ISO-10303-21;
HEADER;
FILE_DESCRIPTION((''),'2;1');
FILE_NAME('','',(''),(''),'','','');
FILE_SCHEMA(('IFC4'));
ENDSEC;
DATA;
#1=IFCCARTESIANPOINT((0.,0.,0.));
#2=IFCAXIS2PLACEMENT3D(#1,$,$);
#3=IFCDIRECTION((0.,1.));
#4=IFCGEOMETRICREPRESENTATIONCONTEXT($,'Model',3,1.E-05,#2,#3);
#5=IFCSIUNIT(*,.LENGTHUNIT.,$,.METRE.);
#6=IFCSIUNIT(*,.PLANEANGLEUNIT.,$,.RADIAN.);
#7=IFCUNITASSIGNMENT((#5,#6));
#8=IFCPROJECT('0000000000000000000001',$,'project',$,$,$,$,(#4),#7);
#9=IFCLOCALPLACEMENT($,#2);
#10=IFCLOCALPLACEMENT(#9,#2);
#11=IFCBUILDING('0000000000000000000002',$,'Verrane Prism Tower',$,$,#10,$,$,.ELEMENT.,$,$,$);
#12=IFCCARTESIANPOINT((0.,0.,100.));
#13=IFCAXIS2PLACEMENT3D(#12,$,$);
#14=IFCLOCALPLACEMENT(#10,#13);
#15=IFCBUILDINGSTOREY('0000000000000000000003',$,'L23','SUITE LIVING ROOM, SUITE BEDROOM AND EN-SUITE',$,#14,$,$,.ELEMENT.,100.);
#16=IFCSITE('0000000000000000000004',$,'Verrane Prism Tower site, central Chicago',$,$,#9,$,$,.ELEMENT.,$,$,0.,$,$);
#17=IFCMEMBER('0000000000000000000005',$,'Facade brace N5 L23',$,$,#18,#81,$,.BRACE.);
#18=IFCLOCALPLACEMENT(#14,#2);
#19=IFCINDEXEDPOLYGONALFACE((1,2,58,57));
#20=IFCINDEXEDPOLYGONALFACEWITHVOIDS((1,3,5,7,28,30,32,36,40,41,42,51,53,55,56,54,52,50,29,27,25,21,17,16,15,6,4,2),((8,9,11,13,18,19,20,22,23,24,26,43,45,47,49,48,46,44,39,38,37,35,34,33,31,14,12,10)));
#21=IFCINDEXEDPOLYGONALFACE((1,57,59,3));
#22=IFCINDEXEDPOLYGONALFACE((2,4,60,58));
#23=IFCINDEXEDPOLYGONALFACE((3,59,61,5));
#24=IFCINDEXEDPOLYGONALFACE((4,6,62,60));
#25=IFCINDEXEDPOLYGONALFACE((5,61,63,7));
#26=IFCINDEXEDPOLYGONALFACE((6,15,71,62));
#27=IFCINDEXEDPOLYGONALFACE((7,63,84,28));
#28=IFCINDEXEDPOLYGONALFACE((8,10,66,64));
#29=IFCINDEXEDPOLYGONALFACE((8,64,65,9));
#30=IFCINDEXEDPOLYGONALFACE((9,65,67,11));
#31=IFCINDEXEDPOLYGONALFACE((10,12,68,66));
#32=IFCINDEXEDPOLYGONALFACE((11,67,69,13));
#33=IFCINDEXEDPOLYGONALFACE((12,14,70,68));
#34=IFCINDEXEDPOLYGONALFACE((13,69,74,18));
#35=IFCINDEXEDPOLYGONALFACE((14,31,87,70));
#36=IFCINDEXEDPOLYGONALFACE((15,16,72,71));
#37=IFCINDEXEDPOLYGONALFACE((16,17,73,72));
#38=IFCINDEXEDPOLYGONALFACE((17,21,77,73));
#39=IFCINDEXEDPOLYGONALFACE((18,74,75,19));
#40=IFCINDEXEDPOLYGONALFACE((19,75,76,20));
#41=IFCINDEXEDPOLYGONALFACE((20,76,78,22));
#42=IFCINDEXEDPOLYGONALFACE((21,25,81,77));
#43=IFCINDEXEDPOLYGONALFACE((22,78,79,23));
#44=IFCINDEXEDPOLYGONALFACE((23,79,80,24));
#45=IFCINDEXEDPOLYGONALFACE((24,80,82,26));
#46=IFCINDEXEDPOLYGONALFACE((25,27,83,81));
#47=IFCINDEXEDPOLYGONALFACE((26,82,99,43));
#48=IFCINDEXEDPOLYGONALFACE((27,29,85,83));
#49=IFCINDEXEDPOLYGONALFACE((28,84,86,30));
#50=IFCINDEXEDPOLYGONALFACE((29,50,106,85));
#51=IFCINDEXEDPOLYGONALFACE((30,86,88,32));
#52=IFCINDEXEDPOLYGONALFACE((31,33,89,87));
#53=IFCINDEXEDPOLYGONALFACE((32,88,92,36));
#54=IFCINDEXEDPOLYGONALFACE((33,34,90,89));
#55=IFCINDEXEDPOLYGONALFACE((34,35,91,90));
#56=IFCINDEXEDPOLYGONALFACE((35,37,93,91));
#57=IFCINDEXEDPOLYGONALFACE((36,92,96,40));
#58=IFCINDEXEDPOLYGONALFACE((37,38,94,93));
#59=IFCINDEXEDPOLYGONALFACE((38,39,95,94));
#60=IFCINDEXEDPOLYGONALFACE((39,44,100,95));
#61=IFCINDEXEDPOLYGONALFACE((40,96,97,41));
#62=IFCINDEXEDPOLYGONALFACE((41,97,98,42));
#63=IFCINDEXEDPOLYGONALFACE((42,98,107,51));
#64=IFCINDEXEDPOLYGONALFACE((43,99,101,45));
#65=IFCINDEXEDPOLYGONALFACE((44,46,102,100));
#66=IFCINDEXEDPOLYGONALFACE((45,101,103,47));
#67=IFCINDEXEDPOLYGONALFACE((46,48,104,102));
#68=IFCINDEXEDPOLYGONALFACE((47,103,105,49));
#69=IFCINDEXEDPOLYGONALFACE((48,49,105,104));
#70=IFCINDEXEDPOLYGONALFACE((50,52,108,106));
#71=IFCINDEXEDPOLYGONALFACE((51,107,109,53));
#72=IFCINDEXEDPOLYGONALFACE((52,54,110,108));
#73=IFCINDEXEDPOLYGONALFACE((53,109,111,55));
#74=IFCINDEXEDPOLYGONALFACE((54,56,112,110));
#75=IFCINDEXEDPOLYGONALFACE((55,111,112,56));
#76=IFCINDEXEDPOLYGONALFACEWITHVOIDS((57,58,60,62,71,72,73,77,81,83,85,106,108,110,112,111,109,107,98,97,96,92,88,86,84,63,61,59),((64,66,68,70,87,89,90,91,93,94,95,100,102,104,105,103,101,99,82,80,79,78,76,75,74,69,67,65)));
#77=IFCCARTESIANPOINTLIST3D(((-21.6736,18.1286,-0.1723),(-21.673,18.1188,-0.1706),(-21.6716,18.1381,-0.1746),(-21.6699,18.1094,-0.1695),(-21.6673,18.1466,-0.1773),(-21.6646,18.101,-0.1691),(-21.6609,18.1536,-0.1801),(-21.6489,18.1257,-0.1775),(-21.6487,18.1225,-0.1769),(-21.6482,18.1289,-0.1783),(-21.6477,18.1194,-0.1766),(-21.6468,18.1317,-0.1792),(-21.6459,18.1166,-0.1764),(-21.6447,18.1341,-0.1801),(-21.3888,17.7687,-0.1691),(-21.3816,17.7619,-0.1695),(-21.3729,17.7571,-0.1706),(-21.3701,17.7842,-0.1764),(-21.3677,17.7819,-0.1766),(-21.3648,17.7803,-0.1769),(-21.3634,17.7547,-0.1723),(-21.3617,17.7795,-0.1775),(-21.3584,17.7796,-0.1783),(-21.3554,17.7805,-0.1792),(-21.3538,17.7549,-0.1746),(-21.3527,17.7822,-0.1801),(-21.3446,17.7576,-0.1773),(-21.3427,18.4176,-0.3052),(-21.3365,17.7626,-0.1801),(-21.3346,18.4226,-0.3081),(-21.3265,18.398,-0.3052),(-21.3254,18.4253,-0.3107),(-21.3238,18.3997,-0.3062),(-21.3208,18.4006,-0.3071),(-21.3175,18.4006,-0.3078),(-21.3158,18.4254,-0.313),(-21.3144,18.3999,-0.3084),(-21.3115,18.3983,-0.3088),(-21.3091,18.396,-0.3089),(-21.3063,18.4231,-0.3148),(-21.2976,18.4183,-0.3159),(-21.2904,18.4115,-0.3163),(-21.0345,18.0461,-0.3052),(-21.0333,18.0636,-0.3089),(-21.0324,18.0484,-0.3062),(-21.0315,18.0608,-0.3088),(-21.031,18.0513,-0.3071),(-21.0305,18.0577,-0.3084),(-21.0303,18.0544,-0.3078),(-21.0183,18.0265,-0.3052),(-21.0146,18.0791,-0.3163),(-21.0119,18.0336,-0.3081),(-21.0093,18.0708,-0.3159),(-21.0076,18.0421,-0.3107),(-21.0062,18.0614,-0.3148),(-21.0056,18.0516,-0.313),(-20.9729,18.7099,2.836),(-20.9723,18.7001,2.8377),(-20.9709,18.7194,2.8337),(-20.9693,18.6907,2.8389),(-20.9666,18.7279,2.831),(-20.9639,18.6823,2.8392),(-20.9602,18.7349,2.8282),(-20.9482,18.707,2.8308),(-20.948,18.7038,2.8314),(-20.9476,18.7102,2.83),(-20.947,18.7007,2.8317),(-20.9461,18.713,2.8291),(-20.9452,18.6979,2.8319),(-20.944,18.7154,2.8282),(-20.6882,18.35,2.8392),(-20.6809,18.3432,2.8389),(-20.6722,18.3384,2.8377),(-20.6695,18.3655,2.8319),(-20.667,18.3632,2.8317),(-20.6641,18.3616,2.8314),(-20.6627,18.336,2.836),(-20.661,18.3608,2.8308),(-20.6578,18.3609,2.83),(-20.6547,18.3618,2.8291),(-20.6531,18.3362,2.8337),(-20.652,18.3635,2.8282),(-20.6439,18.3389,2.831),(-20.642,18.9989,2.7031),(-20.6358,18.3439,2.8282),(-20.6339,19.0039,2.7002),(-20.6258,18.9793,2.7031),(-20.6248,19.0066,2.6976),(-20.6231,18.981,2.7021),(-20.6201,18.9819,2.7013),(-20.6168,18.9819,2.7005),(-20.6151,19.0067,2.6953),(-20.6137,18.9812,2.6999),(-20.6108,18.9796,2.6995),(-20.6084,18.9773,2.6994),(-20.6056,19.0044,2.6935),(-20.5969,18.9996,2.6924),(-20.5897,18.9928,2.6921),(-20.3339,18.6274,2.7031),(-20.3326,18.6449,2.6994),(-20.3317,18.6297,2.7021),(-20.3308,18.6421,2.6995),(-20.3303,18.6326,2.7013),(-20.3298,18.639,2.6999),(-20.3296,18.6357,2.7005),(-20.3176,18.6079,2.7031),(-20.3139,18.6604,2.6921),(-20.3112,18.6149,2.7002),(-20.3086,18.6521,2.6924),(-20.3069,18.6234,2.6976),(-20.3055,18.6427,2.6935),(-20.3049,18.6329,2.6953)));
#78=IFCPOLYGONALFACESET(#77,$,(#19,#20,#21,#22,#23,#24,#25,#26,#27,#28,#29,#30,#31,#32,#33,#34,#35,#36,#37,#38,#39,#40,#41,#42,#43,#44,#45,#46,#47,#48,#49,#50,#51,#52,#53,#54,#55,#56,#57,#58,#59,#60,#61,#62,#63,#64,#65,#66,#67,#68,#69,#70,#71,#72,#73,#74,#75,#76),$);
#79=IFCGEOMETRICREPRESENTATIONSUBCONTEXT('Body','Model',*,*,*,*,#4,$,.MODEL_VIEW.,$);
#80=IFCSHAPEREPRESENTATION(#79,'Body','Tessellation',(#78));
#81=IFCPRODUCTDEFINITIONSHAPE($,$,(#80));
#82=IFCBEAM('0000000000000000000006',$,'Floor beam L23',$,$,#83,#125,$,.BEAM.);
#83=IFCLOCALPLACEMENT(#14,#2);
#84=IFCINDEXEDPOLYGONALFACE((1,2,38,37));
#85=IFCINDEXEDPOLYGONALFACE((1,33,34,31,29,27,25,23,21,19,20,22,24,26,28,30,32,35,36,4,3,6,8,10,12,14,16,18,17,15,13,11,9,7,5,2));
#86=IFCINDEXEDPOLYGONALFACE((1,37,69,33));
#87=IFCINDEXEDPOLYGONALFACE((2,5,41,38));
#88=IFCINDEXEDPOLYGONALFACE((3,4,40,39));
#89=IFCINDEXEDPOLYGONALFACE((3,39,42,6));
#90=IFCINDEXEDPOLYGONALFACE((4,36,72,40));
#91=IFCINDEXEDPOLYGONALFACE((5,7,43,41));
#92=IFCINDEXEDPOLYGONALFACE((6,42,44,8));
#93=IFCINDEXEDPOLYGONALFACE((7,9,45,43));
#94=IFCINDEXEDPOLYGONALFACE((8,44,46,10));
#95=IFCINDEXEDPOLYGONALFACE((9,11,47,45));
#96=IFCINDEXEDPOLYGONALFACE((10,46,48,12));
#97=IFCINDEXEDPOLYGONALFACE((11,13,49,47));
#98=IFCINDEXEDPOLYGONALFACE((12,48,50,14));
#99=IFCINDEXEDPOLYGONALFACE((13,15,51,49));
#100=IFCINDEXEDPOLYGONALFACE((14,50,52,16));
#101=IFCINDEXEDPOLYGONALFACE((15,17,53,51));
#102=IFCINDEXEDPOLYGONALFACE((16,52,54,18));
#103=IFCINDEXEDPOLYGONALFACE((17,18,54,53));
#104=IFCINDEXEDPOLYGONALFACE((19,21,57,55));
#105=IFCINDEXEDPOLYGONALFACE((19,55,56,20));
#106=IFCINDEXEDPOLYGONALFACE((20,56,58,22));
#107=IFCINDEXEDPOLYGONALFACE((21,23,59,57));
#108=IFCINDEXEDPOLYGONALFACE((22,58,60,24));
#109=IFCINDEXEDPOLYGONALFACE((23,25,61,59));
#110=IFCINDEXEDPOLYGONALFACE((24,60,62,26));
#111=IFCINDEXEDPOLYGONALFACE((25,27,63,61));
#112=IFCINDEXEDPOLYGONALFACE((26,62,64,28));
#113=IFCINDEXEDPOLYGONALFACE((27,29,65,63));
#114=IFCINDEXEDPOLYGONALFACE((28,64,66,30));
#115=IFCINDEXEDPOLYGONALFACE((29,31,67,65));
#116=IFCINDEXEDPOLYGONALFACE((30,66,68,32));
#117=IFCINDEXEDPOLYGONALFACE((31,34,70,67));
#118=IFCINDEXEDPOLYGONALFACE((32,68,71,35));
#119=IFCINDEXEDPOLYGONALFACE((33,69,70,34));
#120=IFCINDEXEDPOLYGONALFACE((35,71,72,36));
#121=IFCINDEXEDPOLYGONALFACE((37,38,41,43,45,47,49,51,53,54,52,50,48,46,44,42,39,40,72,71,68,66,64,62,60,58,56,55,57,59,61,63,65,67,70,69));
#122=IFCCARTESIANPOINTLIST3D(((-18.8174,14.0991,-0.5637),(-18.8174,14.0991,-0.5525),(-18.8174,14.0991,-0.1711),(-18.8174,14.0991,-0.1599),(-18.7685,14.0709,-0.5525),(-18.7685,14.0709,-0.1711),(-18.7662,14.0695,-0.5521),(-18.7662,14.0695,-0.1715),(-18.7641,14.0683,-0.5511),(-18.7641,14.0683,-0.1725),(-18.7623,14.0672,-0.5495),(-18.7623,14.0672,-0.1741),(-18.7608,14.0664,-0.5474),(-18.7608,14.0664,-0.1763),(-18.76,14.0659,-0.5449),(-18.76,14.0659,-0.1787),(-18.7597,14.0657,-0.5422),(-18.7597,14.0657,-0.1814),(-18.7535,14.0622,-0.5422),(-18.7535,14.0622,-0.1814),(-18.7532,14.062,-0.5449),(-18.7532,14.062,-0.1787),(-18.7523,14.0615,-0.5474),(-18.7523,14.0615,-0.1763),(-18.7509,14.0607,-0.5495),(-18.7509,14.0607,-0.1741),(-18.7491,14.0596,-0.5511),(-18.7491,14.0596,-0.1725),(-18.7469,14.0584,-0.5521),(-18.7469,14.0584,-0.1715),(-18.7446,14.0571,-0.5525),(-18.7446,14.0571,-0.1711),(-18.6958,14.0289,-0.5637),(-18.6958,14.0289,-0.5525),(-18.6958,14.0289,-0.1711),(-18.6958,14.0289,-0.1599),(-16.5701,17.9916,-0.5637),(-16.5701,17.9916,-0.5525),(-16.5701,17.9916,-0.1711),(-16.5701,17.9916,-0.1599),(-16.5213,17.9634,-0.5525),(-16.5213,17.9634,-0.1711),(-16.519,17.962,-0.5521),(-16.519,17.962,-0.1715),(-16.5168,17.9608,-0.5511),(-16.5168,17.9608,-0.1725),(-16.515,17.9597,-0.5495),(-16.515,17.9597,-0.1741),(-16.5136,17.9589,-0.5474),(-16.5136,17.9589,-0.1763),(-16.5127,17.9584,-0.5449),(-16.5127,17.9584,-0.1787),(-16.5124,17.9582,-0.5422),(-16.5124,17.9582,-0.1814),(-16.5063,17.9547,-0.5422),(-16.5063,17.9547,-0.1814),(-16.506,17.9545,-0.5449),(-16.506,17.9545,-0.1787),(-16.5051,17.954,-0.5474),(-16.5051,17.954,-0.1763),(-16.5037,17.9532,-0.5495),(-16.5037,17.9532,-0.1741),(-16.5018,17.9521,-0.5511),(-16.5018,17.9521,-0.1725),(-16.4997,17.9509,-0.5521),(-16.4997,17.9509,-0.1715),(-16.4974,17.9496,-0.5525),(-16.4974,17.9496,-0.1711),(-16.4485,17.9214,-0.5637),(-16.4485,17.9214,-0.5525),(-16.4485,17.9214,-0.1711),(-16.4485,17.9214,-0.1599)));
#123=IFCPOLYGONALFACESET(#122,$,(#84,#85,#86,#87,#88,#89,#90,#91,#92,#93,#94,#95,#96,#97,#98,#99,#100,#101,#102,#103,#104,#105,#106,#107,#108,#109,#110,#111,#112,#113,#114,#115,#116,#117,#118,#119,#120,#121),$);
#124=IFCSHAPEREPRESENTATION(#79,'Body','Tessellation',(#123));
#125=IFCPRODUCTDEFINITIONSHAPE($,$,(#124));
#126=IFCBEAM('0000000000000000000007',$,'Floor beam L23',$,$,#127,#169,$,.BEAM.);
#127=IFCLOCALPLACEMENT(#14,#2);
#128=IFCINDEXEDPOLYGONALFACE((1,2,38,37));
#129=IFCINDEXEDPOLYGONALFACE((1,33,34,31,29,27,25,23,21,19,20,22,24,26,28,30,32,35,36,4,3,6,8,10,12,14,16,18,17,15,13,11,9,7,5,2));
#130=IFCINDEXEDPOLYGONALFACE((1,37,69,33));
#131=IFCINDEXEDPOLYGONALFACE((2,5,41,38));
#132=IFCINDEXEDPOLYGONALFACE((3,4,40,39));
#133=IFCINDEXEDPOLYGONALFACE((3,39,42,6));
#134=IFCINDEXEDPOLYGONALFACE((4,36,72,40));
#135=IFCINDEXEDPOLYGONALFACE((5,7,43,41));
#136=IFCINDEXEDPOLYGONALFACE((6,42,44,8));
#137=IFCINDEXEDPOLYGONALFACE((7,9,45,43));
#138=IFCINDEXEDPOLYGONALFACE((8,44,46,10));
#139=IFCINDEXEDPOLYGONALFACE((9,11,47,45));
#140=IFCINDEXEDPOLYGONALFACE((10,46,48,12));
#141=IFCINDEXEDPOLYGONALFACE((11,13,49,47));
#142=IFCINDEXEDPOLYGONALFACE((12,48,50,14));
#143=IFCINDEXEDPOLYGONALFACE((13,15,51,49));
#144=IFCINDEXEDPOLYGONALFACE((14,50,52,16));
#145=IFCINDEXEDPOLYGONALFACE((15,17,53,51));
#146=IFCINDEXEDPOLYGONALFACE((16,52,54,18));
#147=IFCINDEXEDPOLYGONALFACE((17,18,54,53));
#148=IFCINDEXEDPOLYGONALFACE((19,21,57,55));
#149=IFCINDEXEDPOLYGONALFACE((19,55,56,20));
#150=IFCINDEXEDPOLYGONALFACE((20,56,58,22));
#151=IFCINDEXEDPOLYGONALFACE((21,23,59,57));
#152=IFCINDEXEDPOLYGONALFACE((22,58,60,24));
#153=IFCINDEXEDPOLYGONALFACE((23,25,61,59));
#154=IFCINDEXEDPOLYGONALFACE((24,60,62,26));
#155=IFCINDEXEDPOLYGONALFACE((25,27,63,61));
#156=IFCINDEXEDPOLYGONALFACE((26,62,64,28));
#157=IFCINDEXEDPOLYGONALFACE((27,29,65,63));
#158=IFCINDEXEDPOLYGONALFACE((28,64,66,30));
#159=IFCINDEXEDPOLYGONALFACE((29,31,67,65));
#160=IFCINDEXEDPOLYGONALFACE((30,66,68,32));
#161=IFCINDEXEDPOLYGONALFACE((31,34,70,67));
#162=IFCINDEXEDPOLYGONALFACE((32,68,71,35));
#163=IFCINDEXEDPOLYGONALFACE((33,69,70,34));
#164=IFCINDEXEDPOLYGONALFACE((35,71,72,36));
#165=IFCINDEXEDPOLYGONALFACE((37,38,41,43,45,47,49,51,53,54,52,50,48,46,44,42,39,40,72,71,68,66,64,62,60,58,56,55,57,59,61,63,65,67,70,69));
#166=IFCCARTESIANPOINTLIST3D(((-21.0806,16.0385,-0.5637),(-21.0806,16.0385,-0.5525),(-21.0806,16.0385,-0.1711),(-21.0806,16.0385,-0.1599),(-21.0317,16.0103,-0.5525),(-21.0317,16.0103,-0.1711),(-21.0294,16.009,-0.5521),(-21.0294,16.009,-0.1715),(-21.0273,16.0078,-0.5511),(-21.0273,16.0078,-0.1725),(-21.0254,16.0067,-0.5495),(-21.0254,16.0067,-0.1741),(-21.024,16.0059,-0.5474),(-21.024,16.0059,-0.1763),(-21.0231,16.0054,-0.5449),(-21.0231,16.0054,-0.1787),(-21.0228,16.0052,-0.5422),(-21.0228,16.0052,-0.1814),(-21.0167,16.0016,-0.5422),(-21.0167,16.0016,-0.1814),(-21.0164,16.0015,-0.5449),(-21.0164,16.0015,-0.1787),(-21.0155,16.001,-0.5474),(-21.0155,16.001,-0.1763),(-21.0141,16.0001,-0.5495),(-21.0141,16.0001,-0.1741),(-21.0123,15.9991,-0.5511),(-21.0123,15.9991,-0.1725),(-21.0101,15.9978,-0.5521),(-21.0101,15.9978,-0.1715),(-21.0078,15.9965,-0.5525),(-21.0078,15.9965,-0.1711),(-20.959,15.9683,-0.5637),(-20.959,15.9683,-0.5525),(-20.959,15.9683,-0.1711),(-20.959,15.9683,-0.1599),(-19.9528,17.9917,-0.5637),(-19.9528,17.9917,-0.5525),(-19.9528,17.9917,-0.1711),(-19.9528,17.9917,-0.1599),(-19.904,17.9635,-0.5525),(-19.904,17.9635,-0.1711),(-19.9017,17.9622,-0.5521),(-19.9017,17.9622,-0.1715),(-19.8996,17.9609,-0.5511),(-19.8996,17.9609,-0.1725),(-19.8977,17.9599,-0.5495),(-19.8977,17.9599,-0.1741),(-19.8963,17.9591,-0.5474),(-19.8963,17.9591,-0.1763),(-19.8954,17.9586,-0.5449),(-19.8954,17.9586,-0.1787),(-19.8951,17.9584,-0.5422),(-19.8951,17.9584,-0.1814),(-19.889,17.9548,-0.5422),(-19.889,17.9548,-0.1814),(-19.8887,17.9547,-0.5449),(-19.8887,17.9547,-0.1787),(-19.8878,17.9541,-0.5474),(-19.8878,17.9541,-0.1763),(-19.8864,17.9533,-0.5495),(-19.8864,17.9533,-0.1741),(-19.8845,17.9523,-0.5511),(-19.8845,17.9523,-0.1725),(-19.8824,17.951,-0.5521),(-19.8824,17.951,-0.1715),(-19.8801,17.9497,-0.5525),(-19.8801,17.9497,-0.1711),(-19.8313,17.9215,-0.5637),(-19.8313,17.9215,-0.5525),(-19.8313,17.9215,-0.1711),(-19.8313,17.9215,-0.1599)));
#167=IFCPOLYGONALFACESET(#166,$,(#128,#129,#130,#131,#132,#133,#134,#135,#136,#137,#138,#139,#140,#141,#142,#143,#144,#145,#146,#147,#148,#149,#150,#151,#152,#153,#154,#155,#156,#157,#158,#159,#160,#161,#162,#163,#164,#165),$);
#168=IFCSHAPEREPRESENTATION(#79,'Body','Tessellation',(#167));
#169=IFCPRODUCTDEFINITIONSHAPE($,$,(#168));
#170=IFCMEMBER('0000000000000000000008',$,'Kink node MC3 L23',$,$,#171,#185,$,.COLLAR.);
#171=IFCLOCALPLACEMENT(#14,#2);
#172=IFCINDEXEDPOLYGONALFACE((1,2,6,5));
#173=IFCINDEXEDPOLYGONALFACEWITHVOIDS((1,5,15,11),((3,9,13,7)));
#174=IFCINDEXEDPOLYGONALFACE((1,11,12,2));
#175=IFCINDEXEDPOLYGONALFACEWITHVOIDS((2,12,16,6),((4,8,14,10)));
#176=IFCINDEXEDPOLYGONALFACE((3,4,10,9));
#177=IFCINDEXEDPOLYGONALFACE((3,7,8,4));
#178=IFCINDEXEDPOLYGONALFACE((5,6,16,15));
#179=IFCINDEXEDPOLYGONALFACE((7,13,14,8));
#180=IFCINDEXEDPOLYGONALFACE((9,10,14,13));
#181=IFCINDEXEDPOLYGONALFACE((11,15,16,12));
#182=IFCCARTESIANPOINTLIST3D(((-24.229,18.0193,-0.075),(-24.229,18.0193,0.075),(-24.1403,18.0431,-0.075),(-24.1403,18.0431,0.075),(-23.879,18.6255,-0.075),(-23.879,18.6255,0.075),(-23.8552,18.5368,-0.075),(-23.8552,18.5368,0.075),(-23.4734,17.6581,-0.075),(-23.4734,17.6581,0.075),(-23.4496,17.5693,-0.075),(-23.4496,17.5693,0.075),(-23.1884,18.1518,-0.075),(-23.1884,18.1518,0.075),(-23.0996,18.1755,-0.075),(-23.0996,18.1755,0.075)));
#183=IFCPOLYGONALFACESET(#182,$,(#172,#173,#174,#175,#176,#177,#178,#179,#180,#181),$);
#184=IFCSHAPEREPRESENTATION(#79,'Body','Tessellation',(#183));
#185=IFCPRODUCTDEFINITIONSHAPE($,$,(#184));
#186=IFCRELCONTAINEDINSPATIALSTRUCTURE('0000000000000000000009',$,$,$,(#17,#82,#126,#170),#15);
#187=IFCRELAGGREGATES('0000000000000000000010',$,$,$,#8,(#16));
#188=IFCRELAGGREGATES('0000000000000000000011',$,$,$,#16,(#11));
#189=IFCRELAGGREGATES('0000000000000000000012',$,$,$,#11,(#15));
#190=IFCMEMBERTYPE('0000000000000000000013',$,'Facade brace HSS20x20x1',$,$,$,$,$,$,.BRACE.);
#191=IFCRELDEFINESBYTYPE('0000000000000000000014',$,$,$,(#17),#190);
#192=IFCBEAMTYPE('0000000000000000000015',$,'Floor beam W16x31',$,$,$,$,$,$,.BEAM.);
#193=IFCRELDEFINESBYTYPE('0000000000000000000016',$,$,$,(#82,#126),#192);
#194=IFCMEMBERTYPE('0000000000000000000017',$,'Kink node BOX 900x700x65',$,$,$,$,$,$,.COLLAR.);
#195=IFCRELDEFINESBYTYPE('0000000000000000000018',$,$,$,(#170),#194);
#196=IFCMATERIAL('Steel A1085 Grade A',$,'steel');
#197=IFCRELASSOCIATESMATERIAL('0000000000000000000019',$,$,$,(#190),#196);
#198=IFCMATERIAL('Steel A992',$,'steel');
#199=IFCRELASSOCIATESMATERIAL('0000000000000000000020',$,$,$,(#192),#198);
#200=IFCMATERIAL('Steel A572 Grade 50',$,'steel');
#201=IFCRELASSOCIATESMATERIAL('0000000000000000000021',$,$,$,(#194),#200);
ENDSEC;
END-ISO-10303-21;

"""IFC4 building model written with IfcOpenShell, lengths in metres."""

from ifc_helpers import new_model, si_unit, direction, frame, origin, origin_2d, place, context, subcontext, project, spatial, hollow_rectangle, i_section, extrude, material, material_profile, profile_set, type_object, element, save


model = new_model("IFC4")

# Units and contexts
model_context = context("Model", 3, precision=1e-05, world=origin(), true_north=direction((0.0, 1.0)))
body_context = subcontext(model_context, "Body", "Model", "MODEL_VIEW")
ifc_project = project(units=[si_unit("LENGTHUNIT", "METRE"), si_unit("PLANEANGLEUNIT", "RADIAN")], contexts=[model_context])

# Site, building, storey
site_placement = place(None, origin())
site = spatial("IfcSite", under=ifc_project, at=site_placement, Name="Verrane Prism Tower site, central Chicago", CompositionType="ELEMENT", RefElevation=0.0)
building_placement = place(site_placement, origin())
building = spatial("IfcBuilding", under=site, at=building_placement, Name="Verrane Prism Tower", CompositionType="ELEMENT")
storey_placement = place(building_placement, frame((0.0, 0.0, 100.0)))
storey = spatial("IfcBuildingStorey", under=building, at=storey_placement, Name="L23", Description="SUITE LIVING ROOM, SUITE BEDROOM AND EN-SUITE", CompositionType="ELEMENT", Elevation=100.0)

# Member
ifc_material_1 = material(Name="Steel A1085 Grade A", Category="steel")
ifc_material_profile_1 = material_profile(ifc_material_1, hollow_rectangle(XDim=0.5081, YDim=0.5081, WallThickness=0.0254, InnerFilletRadius=0.0127, OuterFilletRadius=0.0381, at=origin_2d()), Name="HSS20x20x1")
ifc_profile_set_1 = profile_set([ifc_material_profile_1], Name="Steel A1085 Grade A")
member_type_1 = type_object("IfcMemberType", Name="Facade brace HSS20x20x1", PredefinedType="BRACE", material=ifc_profile_set_1)
member_1_placement = place(storey_placement, frame((-21.3396, 18.0901, -0.2427), z_axis=(0.222931, 0.184948, 0.957129), x_axis=(-0.638495, 0.769626, 0.0)))
element("IfcMember", 1, at=member_1_placement, inside=storey, type_object=member_type_1, Name="Facade brace N5 L23", PredefinedType="BRACE", context=body_context, shape_type="SweptSolid", body=[
    extrude(hollow_rectangle(XDim=0.5081, YDim=0.5081, WallThickness=0.0254, InnerFilletRadius=0.0127, OuterFilletRadius=0.0381, at=origin_2d()), origin(), (0.0, 0.0, 1.0), 3.1431),
])

# Beams
ifc_material_2 = material(Name="Steel A992", Category="steel")
ifc_material_profile_2 = material_profile(ifc_material_2, i_section(OverallWidth=0.1404, OverallDepth=0.4038, WebThickness=0.0071, FlangeThickness=0.0112, FilletRadius=0.0103, at=origin_2d()), Name="W16x31")
ifc_profile_set_2 = profile_set([ifc_material_profile_2], Name="Steel A992")
beam_type_1 = type_object("IfcBeamType", Name="Floor beam W16x31", PredefinedType="BEAM", material=ifc_profile_set_2)
beam_1_placement = place(storey_placement, frame((-18.7566, 14.064, -0.3618), z_axis=(0.499989, 0.866032, 0.0), x_axis=(-0.866032, 0.499989, 0.0)))
element("IfcBeam", 2, at=beam_1_placement, inside=storey, type_object=beam_type_1, Name="Floor beam L23", PredefinedType="BEAM", context=body_context, shape_type="SweptSolid", body=[
    extrude(i_section(OverallWidth=0.1404, OverallDepth=0.4038, WebThickness=0.0071, FlangeThickness=0.0112, FilletRadius=0.0103, at=origin_2d()), origin(), (0.0, 0.0, 1.0), 4.4946),
])
beam_2_placement = place(storey_placement, frame((-21.0198, 16.0034, -0.3618), z_axis=(0.500016, 0.866016, 0.0), x_axis=(-0.866016, 0.500016, 0.0)))
element("IfcBeam", 3, at=beam_2_placement, inside=storey, type_object=beam_type_1, Name="Floor beam L23", PredefinedType="BEAM", context=body_context, shape_type="SweptSolid", body=[
    extrude(i_section(OverallWidth=0.1404, OverallDepth=0.4038, WebThickness=0.0071, FlangeThickness=0.0112, FilletRadius=0.0103, at=origin_2d()), origin(), (0.0, 0.0, 1.0), 2.2554),
])

# Member
ifc_material_3 = material(Name="Steel A572 Grade 50", Category="steel")
ifc_material_profile_3 = material_profile(ifc_material_3, hollow_rectangle(XDim=0.7, YDim=0.8999, WallThickness=0.0649, at=origin_2d()), Name="BOX 900x700x65")
ifc_profile_set_3 = profile_set([ifc_material_profile_3], Name="Steel A572 Grade 50")
member_type_2 = type_object("IfcMemberType", Name="Kink node BOX 900x700x65", PredefinedType="COLLAR", material=ifc_profile_set_3)
member_2_placement = place(storey_placement, frame((-23.6643, 18.0974, -0.075), z_axis=(0.0, 0.0, 1.0), x_axis=(0.5, 0.866025, 0.0)))
element("IfcMember", 4, at=member_2_placement, inside=storey, type_object=member_type_2, Name="Kink node MC3 L23", PredefinedType="COLLAR", context=body_context, shape_type="SweptSolid", body=[
    extrude(hollow_rectangle(XDim=0.7, YDim=0.8999, WallThickness=0.0649, at=origin_2d()), origin(), (0.0, 0.0, 1.0), 0.1499),
])

save(model, "model.ifc")
